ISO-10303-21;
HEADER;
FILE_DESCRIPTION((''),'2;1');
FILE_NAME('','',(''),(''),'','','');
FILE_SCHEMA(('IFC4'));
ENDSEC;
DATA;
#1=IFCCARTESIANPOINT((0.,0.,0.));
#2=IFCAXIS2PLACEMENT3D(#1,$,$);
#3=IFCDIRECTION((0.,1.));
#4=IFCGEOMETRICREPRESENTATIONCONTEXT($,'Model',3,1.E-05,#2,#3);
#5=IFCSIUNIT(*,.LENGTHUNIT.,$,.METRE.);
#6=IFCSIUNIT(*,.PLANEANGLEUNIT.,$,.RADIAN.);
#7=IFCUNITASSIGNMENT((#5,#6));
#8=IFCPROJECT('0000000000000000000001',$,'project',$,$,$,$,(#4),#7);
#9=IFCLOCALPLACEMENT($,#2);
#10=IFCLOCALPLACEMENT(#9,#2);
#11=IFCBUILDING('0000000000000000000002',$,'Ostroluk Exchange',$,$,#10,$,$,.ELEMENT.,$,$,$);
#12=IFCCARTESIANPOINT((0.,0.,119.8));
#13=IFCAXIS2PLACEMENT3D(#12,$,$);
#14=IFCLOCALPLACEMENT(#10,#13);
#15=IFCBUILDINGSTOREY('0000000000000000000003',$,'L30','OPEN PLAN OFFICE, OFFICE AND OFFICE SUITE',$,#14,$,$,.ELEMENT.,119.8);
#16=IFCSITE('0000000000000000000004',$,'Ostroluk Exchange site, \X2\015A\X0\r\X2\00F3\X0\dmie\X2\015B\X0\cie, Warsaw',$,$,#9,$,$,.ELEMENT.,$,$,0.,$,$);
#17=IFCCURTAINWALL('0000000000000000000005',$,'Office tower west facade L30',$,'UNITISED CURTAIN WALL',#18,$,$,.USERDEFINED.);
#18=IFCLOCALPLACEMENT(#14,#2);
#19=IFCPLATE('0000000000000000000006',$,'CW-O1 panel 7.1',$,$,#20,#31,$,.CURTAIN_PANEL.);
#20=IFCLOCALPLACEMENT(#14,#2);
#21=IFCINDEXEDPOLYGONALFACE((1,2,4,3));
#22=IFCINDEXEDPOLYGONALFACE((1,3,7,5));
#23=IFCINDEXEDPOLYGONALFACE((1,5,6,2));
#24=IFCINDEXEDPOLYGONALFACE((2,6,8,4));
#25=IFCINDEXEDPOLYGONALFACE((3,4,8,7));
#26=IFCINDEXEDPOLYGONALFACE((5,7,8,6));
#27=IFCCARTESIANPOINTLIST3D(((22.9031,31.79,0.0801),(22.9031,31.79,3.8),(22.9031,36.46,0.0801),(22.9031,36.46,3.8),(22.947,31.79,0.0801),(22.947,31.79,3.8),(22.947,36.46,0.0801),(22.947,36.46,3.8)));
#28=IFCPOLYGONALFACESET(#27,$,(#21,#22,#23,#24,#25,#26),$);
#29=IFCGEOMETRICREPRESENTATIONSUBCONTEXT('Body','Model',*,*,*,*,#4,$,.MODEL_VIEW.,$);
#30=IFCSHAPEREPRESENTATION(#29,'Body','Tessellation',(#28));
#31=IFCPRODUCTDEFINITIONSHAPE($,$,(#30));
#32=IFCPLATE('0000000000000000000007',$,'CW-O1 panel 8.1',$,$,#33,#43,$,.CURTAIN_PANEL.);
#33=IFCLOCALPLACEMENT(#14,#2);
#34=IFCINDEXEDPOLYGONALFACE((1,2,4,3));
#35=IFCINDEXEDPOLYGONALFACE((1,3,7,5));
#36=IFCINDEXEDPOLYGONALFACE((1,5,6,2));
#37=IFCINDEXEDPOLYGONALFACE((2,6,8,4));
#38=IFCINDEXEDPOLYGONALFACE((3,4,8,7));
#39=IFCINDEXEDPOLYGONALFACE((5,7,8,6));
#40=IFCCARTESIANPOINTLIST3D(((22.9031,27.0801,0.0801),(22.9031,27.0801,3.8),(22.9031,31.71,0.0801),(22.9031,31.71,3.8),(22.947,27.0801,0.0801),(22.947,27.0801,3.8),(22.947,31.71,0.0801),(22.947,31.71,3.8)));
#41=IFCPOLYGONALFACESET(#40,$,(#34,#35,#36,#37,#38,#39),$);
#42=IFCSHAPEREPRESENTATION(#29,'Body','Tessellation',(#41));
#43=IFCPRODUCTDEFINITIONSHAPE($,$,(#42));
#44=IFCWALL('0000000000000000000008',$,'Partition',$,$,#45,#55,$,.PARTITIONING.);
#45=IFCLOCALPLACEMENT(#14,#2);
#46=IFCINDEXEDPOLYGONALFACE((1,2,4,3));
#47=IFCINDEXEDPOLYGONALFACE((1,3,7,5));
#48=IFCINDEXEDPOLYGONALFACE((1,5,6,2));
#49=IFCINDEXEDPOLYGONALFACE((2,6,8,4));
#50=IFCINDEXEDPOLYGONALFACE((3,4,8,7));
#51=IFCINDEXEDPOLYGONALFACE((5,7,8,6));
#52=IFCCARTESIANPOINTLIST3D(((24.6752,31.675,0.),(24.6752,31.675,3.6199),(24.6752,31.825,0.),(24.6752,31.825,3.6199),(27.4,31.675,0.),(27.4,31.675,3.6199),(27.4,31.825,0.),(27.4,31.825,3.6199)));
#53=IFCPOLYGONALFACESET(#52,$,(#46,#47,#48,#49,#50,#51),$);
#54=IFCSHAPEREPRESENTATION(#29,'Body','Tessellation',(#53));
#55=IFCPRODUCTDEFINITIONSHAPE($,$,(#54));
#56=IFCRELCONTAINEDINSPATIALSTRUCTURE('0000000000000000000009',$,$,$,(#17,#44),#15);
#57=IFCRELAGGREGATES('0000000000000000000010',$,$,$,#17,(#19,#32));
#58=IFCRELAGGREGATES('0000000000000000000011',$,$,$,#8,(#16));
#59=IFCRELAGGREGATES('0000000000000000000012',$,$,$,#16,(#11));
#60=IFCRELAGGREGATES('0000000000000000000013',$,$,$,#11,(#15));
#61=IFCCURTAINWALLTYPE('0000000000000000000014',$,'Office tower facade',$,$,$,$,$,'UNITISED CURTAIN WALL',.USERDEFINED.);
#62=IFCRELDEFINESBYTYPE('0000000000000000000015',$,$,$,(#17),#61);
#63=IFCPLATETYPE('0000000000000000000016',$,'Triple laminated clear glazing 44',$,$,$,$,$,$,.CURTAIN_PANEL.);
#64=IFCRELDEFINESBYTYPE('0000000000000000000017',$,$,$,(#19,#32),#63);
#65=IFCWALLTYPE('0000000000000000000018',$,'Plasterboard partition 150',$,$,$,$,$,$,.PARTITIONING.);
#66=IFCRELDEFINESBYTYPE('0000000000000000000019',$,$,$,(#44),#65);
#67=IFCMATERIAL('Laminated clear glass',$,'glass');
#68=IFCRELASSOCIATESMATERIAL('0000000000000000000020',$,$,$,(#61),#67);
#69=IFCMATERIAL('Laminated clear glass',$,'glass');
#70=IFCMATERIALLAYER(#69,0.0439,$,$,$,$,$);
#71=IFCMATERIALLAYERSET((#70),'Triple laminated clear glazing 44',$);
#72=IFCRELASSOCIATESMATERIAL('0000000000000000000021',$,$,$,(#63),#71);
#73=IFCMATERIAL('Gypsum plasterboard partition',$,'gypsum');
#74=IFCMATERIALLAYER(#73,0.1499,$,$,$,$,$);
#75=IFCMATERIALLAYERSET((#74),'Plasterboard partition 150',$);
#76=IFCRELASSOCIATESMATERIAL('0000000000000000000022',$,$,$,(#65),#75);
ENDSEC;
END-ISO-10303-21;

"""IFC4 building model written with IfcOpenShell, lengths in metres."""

from ifc_helpers import new_model, si_unit, direction, frame, frame_2d, origin, origin_2d, place, context, subcontext, project, spatial, rectangle, extrude, material, layer, layer_set, type_object, element, aggregate, save


model = new_model("IFC4")

# Units and contexts
model_context = context("Model", 3, precision=1e-05, world=origin(), true_north=direction((0.0, 1.0)))
body_context = subcontext(model_context, "Body", "Model", "MODEL_VIEW")
ifc_project = project(units=[si_unit("LENGTHUNIT", "METRE"), si_unit("PLANEANGLEUNIT", "RADIAN")], contexts=[model_context])

# Site, building, storey
site_placement = place(None, origin())
site = spatial("IfcSite", under=ifc_project, at=site_placement, Name="Ostroluk Exchange site, Śródmieście, Warsaw", CompositionType="ELEMENT", RefElevation=0.0)
building_placement = place(site_placement, origin())
building = spatial("IfcBuilding", under=site, at=building_placement, Name="Ostroluk Exchange", CompositionType="ELEMENT")
storey_placement = place(building_placement, frame((0.0, 0.0, 119.8)))
storey = spatial("IfcBuildingStorey", under=building, at=storey_placement, Name="L30", Description="OPEN PLAN OFFICE, OFFICE AND OFFICE SUITE", CompositionType="ELEMENT", Elevation=119.8)

# Curtain wall, plates
ifc_material_1 = material(Name="Laminated clear glass", Category="glass")
curtain_wall_type = type_object("IfcCurtainWallType", Name="Office tower facade", ElementType="UNITISED CURTAIN WALL", PredefinedType="USERDEFINED", material=ifc_material_1)
curtain_wall_placement = place(storey_placement, origin())
curtain_wall = element("IfcCurtainWall", 1, at=curtain_wall_placement, inside=storey, type_object=curtain_wall_type, Name="Office tower west facade L30", ObjectType="UNITISED CURTAIN WALL", PredefinedType="USERDEFINED")
ifc_material_2 = material(Name="Laminated clear glass", Category="glass")
ifc_layer_1 = layer(ifc_material_2, 0.0439)
ifc_layer_set_1 = layer_set([ifc_layer_1], Name="Triple laminated clear glazing 44")
plate_type = type_object("IfcPlateType", Name="Triple laminated clear glazing 44", PredefinedType="CURTAIN_PANEL", material=ifc_layer_set_1)
plate_1_placement = place(storey_placement, frame((22.925, 34.125, 0.0801), z_axis=(0.0, 0.0, 1.0), x_axis=(0.0, -1.0, 0.0)))
plate_1 = element("IfcPlate", 2, at=plate_1_placement, type_object=plate_type, Name="CW-O1 panel 7.1", PredefinedType="CURTAIN_PANEL", context=body_context, shape_type="SweptSolid", body=[
    extrude(rectangle(XDim=4.6699, YDim=0.0439, at=origin_2d()), origin(), (0.0, 0.0, 1.0), 3.72),
])
plate_2_placement = place(storey_placement, frame((22.925, 29.395, 0.0801), z_axis=(0.0, 0.0, 1.0), x_axis=(0.0, -1.0, 0.0)))
plate_2 = element("IfcPlate", 3, at=plate_2_placement, type_object=plate_type, Name="CW-O1 panel 8.1", PredefinedType="CURTAIN_PANEL", context=body_context, shape_type="SweptSolid", body=[
    extrude(rectangle(XDim=4.6299, YDim=0.0439, at=origin_2d()), origin(), (0.0, 0.0, 1.0), 3.72),
])
aggregate(curtain_wall, [plate_1, plate_2])

# Wall
ifc_material_3 = material(Name="Gypsum plasterboard partition", Category="gypsum")
ifc_layer_2 = layer(ifc_material_3, 0.1499)
ifc_layer_set_2 = layer_set([ifc_layer_2], Name="Plasterboard partition 150")
wall_type = type_object("IfcWallType", Name="Plasterboard partition 150", PredefinedType="PARTITIONING", material=ifc_layer_set_2)
wall_placement = place(storey_placement, frame((27.3999, 31.75, 0.0), z_axis=(0.0, 0.0, 1.0), x_axis=(-1.0, 0.0, 0.0)))
element("IfcWall", 4, at=wall_placement, inside=storey, type_object=wall_type, Name="Partition", PredefinedType="PARTITIONING", context=body_context, shape_type="SweptSolid", body=[
    extrude(rectangle(XDim=2.7249, YDim=0.1499, at=frame_2d((1.3623, 0.0))), origin(), (0.0, 0.0, 1.0), 3.6199),
])

save(model, "model.ifc")
